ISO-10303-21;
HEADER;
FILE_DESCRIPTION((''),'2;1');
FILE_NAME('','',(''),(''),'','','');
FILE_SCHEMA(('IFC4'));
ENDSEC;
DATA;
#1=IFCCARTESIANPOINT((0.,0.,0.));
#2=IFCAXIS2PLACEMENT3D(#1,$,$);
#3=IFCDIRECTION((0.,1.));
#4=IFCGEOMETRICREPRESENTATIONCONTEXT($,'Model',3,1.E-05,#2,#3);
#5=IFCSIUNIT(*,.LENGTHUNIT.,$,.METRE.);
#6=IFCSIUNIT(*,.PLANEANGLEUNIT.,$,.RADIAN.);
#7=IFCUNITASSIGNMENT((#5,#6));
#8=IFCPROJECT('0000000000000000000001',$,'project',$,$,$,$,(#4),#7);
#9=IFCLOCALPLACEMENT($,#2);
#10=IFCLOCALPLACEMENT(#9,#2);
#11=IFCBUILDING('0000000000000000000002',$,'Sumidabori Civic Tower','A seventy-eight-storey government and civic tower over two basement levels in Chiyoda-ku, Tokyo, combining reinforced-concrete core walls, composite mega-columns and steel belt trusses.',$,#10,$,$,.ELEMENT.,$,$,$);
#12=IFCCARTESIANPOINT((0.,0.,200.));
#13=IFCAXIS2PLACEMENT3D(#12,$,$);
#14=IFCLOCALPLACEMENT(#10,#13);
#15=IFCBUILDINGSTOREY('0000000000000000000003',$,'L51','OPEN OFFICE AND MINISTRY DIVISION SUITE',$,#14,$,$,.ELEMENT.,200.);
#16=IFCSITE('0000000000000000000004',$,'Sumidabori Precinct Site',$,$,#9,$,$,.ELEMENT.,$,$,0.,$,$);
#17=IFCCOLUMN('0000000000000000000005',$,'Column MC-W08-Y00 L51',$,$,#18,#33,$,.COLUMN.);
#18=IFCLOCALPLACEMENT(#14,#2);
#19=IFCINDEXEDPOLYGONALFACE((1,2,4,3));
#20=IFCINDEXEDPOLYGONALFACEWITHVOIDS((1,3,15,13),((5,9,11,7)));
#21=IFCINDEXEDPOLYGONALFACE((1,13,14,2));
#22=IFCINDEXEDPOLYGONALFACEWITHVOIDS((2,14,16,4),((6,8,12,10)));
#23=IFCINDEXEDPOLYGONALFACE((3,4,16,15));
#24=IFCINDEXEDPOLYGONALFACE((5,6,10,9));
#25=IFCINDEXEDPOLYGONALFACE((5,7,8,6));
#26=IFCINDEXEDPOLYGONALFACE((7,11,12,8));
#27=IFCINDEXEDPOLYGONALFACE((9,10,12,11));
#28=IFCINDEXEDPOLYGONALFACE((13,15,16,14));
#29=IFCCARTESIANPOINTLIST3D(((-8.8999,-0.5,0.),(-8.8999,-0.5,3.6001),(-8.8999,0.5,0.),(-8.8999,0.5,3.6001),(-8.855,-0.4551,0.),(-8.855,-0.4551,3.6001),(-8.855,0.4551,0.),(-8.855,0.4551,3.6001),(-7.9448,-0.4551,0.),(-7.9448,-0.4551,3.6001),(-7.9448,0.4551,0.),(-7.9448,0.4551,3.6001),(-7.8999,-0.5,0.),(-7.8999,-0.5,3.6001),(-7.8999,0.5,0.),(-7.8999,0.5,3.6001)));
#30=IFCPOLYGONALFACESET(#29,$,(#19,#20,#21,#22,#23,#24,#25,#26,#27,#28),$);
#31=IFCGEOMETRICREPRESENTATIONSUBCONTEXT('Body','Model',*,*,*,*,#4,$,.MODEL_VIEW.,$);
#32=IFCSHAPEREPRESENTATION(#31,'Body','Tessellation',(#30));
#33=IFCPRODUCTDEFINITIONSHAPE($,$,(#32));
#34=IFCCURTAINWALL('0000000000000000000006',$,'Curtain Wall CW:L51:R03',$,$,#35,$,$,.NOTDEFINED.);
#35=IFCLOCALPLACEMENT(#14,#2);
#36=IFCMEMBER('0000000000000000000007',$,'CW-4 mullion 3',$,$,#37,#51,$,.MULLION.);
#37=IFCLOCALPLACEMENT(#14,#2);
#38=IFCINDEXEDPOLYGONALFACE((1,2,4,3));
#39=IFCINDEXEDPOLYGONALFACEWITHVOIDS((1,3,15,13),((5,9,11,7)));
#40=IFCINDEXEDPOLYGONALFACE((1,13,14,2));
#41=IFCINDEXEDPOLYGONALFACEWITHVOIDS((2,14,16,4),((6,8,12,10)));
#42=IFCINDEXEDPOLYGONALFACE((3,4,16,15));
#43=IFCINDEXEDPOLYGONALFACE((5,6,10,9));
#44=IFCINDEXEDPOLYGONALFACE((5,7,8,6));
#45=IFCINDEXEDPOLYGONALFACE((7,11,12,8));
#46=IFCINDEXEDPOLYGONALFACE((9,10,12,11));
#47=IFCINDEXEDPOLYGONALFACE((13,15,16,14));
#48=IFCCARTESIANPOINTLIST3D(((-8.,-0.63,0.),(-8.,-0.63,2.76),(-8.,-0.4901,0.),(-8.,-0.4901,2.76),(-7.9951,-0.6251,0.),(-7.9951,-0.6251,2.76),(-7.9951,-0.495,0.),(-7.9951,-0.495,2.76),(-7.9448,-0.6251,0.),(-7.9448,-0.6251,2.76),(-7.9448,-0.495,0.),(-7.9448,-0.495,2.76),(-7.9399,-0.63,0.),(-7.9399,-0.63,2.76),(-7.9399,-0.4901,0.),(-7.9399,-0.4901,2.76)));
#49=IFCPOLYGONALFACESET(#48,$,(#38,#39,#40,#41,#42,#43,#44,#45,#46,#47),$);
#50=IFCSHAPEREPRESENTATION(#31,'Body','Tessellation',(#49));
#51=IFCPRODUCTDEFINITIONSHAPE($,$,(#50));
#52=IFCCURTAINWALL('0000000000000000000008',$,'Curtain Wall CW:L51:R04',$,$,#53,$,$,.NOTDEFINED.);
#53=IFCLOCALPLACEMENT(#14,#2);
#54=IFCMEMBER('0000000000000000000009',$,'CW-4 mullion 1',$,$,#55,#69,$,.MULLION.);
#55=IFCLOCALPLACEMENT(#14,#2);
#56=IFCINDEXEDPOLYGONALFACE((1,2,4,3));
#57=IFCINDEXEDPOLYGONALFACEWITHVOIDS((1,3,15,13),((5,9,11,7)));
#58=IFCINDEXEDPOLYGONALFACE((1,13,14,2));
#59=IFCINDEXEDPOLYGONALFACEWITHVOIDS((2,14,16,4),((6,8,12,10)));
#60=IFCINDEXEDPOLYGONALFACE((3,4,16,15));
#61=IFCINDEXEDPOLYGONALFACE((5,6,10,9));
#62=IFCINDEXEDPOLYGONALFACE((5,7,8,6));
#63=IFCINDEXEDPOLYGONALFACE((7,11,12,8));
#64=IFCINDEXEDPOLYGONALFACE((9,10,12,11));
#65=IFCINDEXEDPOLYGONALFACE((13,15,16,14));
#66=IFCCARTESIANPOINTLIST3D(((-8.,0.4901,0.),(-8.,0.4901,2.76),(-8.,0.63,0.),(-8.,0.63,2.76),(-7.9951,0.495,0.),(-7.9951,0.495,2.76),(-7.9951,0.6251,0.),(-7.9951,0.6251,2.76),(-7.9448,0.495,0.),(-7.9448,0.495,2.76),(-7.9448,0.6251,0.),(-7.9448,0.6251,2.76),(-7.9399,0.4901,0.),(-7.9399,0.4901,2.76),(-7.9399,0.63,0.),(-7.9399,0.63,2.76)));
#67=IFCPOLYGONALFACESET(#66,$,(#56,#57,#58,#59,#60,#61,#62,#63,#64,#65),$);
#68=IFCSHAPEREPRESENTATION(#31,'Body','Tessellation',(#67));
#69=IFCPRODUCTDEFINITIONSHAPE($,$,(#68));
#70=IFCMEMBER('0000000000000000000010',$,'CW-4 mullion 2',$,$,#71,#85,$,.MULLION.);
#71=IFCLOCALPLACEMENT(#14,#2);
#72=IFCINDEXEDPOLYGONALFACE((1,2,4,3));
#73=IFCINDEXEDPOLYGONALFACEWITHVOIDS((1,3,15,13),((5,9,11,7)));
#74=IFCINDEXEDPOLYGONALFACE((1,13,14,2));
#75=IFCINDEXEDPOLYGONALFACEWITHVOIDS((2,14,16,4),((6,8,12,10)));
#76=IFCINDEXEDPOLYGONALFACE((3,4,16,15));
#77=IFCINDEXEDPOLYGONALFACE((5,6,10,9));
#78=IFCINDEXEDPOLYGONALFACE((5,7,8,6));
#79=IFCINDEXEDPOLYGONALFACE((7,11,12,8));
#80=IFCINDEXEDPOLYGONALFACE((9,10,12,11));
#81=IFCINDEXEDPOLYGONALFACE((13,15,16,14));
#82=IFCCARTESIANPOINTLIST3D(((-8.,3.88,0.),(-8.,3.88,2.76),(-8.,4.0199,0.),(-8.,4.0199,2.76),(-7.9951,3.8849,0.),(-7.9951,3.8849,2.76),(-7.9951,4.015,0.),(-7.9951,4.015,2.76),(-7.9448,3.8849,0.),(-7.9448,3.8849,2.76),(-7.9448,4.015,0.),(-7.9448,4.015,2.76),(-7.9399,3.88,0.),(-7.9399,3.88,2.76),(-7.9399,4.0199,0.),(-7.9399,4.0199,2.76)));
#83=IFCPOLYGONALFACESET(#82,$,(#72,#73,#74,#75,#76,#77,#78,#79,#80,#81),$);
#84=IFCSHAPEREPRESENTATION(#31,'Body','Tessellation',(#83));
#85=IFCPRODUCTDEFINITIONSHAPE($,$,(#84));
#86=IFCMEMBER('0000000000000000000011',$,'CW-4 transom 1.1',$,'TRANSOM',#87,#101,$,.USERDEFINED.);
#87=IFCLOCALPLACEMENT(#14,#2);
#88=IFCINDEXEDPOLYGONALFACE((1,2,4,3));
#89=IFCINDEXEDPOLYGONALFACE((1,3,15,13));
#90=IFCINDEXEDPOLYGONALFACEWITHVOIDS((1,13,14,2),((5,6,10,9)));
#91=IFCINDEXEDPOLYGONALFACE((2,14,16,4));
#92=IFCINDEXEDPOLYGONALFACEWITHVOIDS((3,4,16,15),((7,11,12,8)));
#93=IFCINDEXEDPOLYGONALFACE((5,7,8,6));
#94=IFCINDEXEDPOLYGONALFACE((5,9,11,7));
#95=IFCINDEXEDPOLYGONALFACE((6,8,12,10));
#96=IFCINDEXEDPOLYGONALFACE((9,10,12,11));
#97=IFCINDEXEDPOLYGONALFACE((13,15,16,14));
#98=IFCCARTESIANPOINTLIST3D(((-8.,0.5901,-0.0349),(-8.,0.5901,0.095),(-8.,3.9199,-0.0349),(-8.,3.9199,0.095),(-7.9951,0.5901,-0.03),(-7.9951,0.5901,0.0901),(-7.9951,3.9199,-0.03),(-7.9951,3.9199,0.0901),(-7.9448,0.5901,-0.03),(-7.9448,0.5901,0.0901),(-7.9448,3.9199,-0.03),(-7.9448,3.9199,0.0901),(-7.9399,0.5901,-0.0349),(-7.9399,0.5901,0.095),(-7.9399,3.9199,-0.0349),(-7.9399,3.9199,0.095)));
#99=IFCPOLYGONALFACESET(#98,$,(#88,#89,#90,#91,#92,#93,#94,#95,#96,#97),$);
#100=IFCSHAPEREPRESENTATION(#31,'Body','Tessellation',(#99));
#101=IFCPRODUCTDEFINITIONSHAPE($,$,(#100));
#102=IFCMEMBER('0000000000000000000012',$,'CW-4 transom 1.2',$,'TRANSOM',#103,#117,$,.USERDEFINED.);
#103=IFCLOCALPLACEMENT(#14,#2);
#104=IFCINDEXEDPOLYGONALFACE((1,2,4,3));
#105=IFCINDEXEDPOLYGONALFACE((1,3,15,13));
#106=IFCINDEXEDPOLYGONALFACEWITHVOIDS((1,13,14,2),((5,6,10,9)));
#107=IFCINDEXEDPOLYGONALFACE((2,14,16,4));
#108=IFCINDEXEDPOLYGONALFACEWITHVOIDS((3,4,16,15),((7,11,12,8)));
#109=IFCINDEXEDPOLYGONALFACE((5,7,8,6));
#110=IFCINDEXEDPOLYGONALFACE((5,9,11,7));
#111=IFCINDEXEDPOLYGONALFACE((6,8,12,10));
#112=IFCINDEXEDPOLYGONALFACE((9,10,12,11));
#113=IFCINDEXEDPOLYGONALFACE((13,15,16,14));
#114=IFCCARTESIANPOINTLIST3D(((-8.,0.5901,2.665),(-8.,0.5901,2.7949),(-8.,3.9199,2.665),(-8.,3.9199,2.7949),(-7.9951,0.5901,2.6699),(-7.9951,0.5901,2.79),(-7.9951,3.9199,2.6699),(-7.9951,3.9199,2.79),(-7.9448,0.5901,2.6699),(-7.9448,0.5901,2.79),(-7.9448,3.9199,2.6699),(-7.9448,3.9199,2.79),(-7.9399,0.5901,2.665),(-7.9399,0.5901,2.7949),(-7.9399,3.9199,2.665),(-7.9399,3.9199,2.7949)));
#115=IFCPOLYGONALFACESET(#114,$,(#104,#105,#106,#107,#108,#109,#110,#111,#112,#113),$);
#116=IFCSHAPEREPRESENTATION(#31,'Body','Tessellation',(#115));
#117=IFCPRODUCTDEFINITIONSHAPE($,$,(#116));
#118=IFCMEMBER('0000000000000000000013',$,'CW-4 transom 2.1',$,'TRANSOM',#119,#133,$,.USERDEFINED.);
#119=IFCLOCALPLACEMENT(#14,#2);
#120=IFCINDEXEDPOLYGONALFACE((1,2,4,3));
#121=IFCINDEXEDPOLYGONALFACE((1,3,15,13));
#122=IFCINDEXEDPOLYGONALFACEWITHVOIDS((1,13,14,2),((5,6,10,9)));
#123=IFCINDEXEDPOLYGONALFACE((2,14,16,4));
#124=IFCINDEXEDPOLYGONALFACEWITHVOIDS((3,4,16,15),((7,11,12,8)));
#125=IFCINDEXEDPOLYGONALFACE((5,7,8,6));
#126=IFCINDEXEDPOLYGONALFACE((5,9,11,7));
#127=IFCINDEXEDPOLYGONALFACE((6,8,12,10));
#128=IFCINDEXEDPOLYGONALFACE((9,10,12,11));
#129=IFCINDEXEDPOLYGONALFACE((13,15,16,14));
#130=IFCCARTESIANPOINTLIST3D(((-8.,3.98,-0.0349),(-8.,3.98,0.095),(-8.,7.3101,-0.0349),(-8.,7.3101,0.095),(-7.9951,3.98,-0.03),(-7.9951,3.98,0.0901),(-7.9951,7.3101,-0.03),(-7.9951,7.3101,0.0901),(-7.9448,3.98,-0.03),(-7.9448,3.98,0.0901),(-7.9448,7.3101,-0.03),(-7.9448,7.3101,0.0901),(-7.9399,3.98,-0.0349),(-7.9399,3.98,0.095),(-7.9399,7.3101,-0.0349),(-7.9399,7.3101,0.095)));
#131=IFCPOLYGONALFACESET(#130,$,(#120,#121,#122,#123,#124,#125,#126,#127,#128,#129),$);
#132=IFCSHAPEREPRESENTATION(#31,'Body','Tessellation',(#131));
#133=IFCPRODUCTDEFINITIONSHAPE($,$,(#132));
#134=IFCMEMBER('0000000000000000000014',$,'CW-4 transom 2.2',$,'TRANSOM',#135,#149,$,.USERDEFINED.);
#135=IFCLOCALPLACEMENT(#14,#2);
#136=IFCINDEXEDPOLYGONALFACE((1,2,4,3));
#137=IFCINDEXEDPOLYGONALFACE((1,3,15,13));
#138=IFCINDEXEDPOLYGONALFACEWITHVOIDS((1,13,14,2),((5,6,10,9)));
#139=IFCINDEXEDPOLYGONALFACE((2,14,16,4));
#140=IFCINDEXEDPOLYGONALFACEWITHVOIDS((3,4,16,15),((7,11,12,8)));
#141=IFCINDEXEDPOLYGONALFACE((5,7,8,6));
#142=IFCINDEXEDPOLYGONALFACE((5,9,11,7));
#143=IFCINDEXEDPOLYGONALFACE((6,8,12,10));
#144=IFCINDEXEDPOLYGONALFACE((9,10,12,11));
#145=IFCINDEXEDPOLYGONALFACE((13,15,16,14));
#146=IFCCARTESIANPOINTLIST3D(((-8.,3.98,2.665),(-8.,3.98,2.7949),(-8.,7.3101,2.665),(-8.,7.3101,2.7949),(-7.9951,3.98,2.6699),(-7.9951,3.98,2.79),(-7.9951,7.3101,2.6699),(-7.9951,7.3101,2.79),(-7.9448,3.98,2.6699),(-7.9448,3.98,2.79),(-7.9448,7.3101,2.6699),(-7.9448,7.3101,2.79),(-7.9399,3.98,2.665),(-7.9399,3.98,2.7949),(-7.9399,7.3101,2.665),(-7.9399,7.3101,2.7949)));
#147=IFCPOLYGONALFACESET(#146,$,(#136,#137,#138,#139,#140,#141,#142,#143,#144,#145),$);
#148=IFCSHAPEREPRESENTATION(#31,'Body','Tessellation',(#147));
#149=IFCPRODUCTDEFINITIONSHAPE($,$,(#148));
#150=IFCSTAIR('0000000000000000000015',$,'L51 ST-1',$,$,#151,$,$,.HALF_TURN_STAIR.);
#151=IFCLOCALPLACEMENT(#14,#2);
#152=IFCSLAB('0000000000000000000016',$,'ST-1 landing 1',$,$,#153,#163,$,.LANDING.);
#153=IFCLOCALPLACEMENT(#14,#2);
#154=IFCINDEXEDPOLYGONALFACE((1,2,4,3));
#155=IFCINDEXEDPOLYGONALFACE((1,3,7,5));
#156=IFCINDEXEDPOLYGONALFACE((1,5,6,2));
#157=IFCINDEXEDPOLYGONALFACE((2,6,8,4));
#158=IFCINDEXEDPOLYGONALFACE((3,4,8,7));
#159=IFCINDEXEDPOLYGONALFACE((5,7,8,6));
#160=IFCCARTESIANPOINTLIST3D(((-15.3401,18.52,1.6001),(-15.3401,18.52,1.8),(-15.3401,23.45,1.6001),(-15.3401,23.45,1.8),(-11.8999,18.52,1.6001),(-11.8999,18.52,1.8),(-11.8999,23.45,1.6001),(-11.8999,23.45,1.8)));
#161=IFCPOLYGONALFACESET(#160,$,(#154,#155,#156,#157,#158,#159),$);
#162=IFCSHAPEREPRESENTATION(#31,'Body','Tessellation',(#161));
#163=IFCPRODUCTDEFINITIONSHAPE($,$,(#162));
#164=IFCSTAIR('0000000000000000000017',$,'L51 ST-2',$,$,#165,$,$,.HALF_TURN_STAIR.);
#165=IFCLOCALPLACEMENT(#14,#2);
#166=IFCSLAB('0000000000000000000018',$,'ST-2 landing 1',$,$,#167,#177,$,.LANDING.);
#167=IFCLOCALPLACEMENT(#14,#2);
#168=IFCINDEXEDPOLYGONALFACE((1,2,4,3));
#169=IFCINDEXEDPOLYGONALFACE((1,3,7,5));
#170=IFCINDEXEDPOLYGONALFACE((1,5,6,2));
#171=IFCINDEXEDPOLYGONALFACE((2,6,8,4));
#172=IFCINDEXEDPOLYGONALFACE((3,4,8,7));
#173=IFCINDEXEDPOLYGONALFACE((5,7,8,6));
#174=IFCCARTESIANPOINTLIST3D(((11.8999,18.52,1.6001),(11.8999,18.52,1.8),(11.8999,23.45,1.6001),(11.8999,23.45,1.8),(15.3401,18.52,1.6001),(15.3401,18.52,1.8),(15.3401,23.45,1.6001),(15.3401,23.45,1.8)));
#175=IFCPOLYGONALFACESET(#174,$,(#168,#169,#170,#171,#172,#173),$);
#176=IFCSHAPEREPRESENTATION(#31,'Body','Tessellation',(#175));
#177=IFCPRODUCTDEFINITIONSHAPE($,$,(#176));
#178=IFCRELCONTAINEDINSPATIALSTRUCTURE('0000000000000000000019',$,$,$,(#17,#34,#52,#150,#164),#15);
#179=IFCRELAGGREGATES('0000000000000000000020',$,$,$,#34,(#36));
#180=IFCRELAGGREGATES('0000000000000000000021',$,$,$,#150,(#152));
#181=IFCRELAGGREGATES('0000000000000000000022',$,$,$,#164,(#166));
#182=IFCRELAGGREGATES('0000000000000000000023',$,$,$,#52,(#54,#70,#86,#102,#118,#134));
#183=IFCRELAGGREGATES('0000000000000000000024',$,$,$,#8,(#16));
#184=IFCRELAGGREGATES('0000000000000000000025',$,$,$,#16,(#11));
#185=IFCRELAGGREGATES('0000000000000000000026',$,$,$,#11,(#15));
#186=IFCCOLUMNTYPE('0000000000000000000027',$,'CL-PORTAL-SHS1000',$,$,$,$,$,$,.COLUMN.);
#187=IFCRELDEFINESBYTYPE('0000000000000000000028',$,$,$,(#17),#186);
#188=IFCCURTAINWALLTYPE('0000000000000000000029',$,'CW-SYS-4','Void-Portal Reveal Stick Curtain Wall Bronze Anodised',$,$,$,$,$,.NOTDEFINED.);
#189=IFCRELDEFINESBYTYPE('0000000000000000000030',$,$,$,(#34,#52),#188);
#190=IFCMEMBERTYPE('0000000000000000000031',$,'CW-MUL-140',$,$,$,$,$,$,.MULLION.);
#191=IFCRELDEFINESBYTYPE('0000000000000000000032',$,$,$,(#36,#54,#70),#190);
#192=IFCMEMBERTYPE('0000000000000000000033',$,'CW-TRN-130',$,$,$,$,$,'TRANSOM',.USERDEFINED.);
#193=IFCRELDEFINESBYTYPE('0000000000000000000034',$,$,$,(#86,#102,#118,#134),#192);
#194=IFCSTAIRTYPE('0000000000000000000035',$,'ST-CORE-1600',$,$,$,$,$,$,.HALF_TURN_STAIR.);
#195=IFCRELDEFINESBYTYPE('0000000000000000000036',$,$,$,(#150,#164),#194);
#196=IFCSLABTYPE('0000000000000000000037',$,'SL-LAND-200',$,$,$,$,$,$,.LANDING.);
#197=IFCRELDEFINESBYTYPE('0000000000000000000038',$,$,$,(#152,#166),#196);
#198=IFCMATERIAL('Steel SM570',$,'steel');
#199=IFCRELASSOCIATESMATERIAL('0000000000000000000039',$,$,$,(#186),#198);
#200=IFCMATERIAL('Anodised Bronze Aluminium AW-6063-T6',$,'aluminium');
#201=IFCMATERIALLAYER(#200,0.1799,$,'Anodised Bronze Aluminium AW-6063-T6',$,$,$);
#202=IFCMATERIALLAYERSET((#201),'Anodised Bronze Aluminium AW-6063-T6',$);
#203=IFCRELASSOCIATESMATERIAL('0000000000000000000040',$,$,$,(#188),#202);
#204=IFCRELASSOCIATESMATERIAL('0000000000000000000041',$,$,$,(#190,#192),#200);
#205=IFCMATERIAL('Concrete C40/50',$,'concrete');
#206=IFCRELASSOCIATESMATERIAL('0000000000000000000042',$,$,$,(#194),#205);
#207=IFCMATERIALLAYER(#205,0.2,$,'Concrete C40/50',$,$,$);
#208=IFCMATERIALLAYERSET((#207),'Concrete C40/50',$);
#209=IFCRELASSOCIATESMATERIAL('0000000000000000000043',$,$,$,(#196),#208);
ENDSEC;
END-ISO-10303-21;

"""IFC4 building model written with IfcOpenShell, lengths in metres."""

from ifc_helpers import new_model, si_unit, direction, frame, origin, origin_2d, place, context, subcontext, project, spatial, polyline, hollow_rectangle, outline, extrude, source, transform, mapped, material, layer, layer_set, material_profile, profile_set, type_object, element, aggregate, save


model = new_model("IFC4")

# Units and contexts
model_context = context("Model", 3, precision=1e-05, world=origin(), true_north=direction((0.0, 1.0)))
body_context = subcontext(model_context, "Body", "Model", "MODEL_VIEW")
ifc_project = project(units=[si_unit("LENGTHUNIT", "METRE"), si_unit("PLANEANGLEUNIT", "RADIAN")], contexts=[model_context])

# Site, building, storey
site_placement = place(None, origin())
site = spatial("IfcSite", under=ifc_project, at=site_placement, Name="Sumidabori Precinct Site", CompositionType="ELEMENT", RefElevation=0.0)
building_placement = place(site_placement, origin())
building = spatial("IfcBuilding", under=site, at=building_placement, Name="Sumidabori Civic Tower", Description="A seventy-eight-storey government and civic tower over two basement levels in Chiyoda-ku, Tokyo, combining reinforced-concrete core walls, composite mega-columns and steel belt trusses.", CompositionType="ELEMENT")
storey_placement = place(building_placement, frame((0.0, 0.0, 200.0)))
storey = spatial("IfcBuildingStorey", under=building, at=storey_placement, Name="L51", Description="OPEN OFFICE AND MINISTRY DIVISION SUITE", CompositionType="ELEMENT", Elevation=200.0)

# Column
ifc_material_1 = material(Name="Steel SM570", Category="steel")
ifc_material_profile_1 = material_profile(ifc_material_1, hollow_rectangle(XDim=1.0, YDim=1.0, WallThickness=0.0449, at=origin_2d()), Name="SHS 1000x1000x45")
ifc_profile_set_1 = profile_set([ifc_material_profile_1], Name="Steel SM570")
column_type = type_object("IfcColumnType", Name="CL-PORTAL-SHS1000", PredefinedType="COLUMN", material=ifc_profile_set_1)
shared_shape_1 = source(origin(), body_context, "Body", "SweptSolid", [
    extrude(hollow_rectangle(XDim=1.0, YDim=1.0, WallThickness=0.0449, at=origin_2d()), origin(), (0.0, 0.0, 1.0), 3.6001),
])
column_placement = place(storey_placement, frame((-8.3999, 0.0, 0.0), z_axis=(0.0, 0.0, 1.0), x_axis=(1.0, 0.0, 0.0)))
element("IfcColumn", 1, at=column_placement, inside=storey, type_object=column_type, Name="Column MC-W08-Y00 L51", PredefinedType="COLUMN", context=body_context, shape_type="MappedRepresentation", body=[
    mapped(shared_shape_1, transform((0.0, 0.0, 0.0), x_axis=(1.0, 0.0, 0.0), y_axis=(0.0, 1.0, 0.0), z_axis=(0.0, 0.0, 1.0), scale=1.0)),
])

# Curtain wall, member
ifc_material_2 = material(Name="Anodised Bronze Aluminium AW-6063-T6", Category="aluminium")
ifc_layer_1 = layer(ifc_material_2, 0.1799, Name="Anodised Bronze Aluminium AW-6063-T6")
ifc_layer_set_1 = layer_set([ifc_layer_1], Name="Anodised Bronze Aluminium AW-6063-T6")
curtain_wall_type = type_object("IfcCurtainWallType", Name="CW-SYS-4", Description="Void-Portal Reveal Stick Curtain Wall Bronze Anodised", PredefinedType="NOTDEFINED", material=ifc_layer_set_1)
curtain_wall_1_placement = place(storey_placement, origin())
curtain_wall_1 = element("IfcCurtainWall", 2, at=curtain_wall_1_placement, inside=storey, type_object=curtain_wall_type, Name="Curtain Wall CW:L51:R03", PredefinedType="NOTDEFINED")
ifc_material_profile_2 = material_profile(ifc_material_2, hollow_rectangle(XDim=0.0601, YDim=0.1399, WallThickness=0.0049, at=origin_2d()), Name="ALU MULLION 140x60")
ifc_profile_set_2 = profile_set([ifc_material_profile_2], Name="Anodised Bronze Aluminium AW-6063-T6")
member_type_1 = type_object("IfcMemberType", Name="CW-MUL-140", PredefinedType="MULLION", material=ifc_profile_set_2)
shared_shape_2 = source(origin(), body_context, "Body", "SweptSolid", [
    extrude(hollow_rectangle(XDim=0.0601, YDim=0.1399, WallThickness=0.0049, at=origin_2d()), origin(), (0.0, 0.0, 1.0), 2.76),
])
member_1_placement = place(storey_placement, frame((-7.97, -0.5601, 0.0), z_axis=(0.0, 0.0, 1.0), x_axis=(-1.0, 0.0, 0.0)))
member_1 = element("IfcMember", 3, at=member_1_placement, type_object=member_type_1, Name="CW-4 mullion 3", PredefinedType="MULLION", context=body_context, shape_type="MappedRepresentation", body=[
    mapped(shared_shape_2, transform((0.0, 0.0, 0.0), x_axis=(1.0, 0.0, 0.0), y_axis=(0.0, 1.0, 0.0), z_axis=(0.0, 0.0, 1.0), scale=1.0)),
])
aggregate(curtain_wall_1, [member_1])

# Curtain wall, members
curtain_wall_2_placement = place(storey_placement, origin())
curtain_wall_2 = element("IfcCurtainWall", 4, at=curtain_wall_2_placement, inside=storey, type_object=curtain_wall_type, Name="Curtain Wall CW:L51:R04", PredefinedType="NOTDEFINED")
member_2_placement = place(storey_placement, frame((-7.97, 0.5601, 0.0), z_axis=(0.0, 0.0, 1.0), x_axis=(-1.0, 0.0, 0.0)))
member_2 = element("IfcMember", 5, at=member_2_placement, type_object=member_type_1, Name="CW-4 mullion 1", PredefinedType="MULLION", context=body_context, shape_type="MappedRepresentation", body=[
    mapped(shared_shape_2, transform((0.0, 0.0, 0.0), x_axis=(1.0, 0.0, 0.0), y_axis=(0.0, 1.0, 0.0), z_axis=(0.0, 0.0, 1.0), scale=1.0)),
])
member_3_placement = place(storey_placement, frame((-7.97, 3.95, 0.0), z_axis=(0.0, 0.0, 1.0), x_axis=(-1.0, 0.0, 0.0)))
member_3 = element("IfcMember", 6, at=member_3_placement, type_object=member_type_1, Name="CW-4 mullion 2", PredefinedType="MULLION", context=body_context, shape_type="MappedRepresentation", body=[
    mapped(shared_shape_2, transform((0.0, 0.0, 0.0), x_axis=(1.0, 0.0, 0.0), y_axis=(0.0, 1.0, 0.0), z_axis=(0.0, 0.0, 1.0), scale=1.0)),
])
ifc_material_profile_3 = material_profile(ifc_material_2, hollow_rectangle(XDim=0.0601, YDim=0.1299, WallThickness=0.0049, at=origin_2d()), Name="ALU TRANSOM 130x60")
ifc_profile_set_3 = profile_set([ifc_material_profile_3], Name="Anodised Bronze Aluminium AW-6063-T6")
member_type_2 = type_object("IfcMemberType", Name="CW-TRN-130", ElementType="TRANSOM", PredefinedType="USERDEFINED", material=ifc_profile_set_3)
shared_shape_3 = source(origin(), body_context, "Body", "SweptSolid", [
    extrude(hollow_rectangle(XDim=0.0601, YDim=0.1299, WallThickness=0.0049, at=origin_2d()), origin(), (0.0, 0.0, 1.0), 3.3298),
])
member_4_placement = place(storey_placement, frame((-7.97, 0.5901, 0.03), z_axis=(0.0, 1.0, 0.0), x_axis=(-1.0, 0.0, 0.0)))
member_4 = element("IfcMember", 7, at=member_4_placement, type_object=member_type_2, Name="CW-4 transom 1.1", ObjectType="TRANSOM", PredefinedType="USERDEFINED", context=body_context, shape_type="MappedRepresentation", body=[
    mapped(shared_shape_3, transform((0.0, 0.0, 0.0), x_axis=(1.0, 0.0, 0.0), y_axis=(0.0, 1.0, 0.0), z_axis=(0.0, 0.0, 1.0), scale=1.0)),
])
member_5_placement = place(storey_placement, frame((-7.97, 0.5901, 2.73), z_axis=(0.0, 1.0, 0.0), x_axis=(-1.0, 0.0, 0.0)))
member_5 = element("IfcMember", 8, at=member_5_placement, type_object=member_type_2, Name="CW-4 transom 1.2", ObjectType="TRANSOM", PredefinedType="USERDEFINED", context=body_context, shape_type="MappedRepresentation", body=[
    mapped(shared_shape_3, transform((0.0, 0.0, 0.0), x_axis=(1.0, 0.0, 0.0), y_axis=(0.0, 1.0, 0.0), z_axis=(0.0, 0.0, 1.0), scale=1.0)),
])
shared_shape_4 = source(origin(), body_context, "Body", "SweptSolid", [
    extrude(hollow_rectangle(XDim=0.0601, YDim=0.1299, WallThickness=0.0049, at=origin_2d()), origin(), (0.0, 0.0, 1.0), 3.3301),
])
member_6_placement = place(storey_placement, frame((-7.97, 3.98, 0.03), z_axis=(0.0, 1.0, 0.0), x_axis=(-1.0, 0.0, 0.0)))
member_6 = element("IfcMember", 9, at=member_6_placement, type_object=member_type_2, Name="CW-4 transom 2.1", ObjectType="TRANSOM", PredefinedType="USERDEFINED", context=body_context, shape_type="MappedRepresentation", body=[
    mapped(shared_shape_4, transform((0.0, 0.0, 0.0), x_axis=(1.0, 0.0, 0.0), y_axis=(0.0, 1.0, 0.0), z_axis=(0.0, 0.0, 1.0), scale=1.0)),
])
member_7_placement = place(storey_placement, frame((-7.97, 3.98, 2.73), z_axis=(0.0, 1.0, 0.0), x_axis=(-1.0, 0.0, 0.0)))
member_7 = element("IfcMember", 10, at=member_7_placement, type_object=member_type_2, Name="CW-4 transom 2.2", ObjectType="TRANSOM", PredefinedType="USERDEFINED", context=body_context, shape_type="MappedRepresentation", body=[
    mapped(shared_shape_4, transform((0.0, 0.0, 0.0), x_axis=(1.0, 0.0, 0.0), y_axis=(0.0, 1.0, 0.0), z_axis=(0.0, 0.0, 1.0), scale=1.0)),
])

# Stairs, slabs
ifc_material_3 = material(Name="Concrete C40/50", Category="concrete")
stair_type = type_object("IfcStairType", Name="ST-CORE-1600", PredefinedType="HALF_TURN_STAIR", material=ifc_material_3)
stair_1_placement = place(storey_placement, origin())
stair_1 = element("IfcStair", 11, at=stair_1_placement, inside=storey, type_object=stair_type, Name="L51 ST-1", PredefinedType="HALF_TURN_STAIR")
ifc_layer_2 = layer(ifc_material_3, 0.2, Name="Concrete C40/50")
ifc_layer_set_2 = layer_set([ifc_layer_2], Name="Concrete C40/50")
slab_type_1 = type_object("IfcSlabType", Name="SL-LAND-200", PredefinedType="LANDING", material=ifc_layer_set_2)
slab_1_placement = place(storey_placement, frame((0.0, 0.0, 1.6001)))
slab_1 = element("IfcSlab", 12, at=slab_1_placement, type_object=slab_type_1, Name="ST-1 landing 1", PredefinedType="LANDING", context=body_context, shape_type="SweptSolid", body=[
    extrude(outline(polyline([(-11.8999, 18.52), (-11.8999, 23.45), (-15.3401, 23.45), (-15.3401, 18.52), (-11.8999, 18.52)])), origin(), (0.0, 0.0, 1.0), 0.2),
])
aggregate(stair_1, [slab_1])
stair_2_placement = place(storey_placement, origin())
stair_2 = element("IfcStair", 13, at=stair_2_placement, inside=storey, type_object=stair_type, Name="L51 ST-2", PredefinedType="HALF_TURN_STAIR")
slab_2_placement = place(storey_placement, frame((0.0, 0.0, 1.6001)))
slab_2 = element("IfcSlab", 14, at=slab_2_placement, type_object=slab_type_1, Name="ST-2 landing 1", PredefinedType="LANDING", context=body_context, shape_type="SweptSolid", body=[
    extrude(outline(polyline([(15.3401, 18.52), (15.3401, 23.45), (11.8999, 23.45), (11.8999, 18.52), (15.3401, 18.52)])), origin(), (0.0, 0.0, 1.0), 0.2),
])
aggregate(stair_2, [slab_2])

aggregate(curtain_wall_2, [member_2, member_3, member_4, member_5, member_6, member_7])

save(model, "model.ifc")
